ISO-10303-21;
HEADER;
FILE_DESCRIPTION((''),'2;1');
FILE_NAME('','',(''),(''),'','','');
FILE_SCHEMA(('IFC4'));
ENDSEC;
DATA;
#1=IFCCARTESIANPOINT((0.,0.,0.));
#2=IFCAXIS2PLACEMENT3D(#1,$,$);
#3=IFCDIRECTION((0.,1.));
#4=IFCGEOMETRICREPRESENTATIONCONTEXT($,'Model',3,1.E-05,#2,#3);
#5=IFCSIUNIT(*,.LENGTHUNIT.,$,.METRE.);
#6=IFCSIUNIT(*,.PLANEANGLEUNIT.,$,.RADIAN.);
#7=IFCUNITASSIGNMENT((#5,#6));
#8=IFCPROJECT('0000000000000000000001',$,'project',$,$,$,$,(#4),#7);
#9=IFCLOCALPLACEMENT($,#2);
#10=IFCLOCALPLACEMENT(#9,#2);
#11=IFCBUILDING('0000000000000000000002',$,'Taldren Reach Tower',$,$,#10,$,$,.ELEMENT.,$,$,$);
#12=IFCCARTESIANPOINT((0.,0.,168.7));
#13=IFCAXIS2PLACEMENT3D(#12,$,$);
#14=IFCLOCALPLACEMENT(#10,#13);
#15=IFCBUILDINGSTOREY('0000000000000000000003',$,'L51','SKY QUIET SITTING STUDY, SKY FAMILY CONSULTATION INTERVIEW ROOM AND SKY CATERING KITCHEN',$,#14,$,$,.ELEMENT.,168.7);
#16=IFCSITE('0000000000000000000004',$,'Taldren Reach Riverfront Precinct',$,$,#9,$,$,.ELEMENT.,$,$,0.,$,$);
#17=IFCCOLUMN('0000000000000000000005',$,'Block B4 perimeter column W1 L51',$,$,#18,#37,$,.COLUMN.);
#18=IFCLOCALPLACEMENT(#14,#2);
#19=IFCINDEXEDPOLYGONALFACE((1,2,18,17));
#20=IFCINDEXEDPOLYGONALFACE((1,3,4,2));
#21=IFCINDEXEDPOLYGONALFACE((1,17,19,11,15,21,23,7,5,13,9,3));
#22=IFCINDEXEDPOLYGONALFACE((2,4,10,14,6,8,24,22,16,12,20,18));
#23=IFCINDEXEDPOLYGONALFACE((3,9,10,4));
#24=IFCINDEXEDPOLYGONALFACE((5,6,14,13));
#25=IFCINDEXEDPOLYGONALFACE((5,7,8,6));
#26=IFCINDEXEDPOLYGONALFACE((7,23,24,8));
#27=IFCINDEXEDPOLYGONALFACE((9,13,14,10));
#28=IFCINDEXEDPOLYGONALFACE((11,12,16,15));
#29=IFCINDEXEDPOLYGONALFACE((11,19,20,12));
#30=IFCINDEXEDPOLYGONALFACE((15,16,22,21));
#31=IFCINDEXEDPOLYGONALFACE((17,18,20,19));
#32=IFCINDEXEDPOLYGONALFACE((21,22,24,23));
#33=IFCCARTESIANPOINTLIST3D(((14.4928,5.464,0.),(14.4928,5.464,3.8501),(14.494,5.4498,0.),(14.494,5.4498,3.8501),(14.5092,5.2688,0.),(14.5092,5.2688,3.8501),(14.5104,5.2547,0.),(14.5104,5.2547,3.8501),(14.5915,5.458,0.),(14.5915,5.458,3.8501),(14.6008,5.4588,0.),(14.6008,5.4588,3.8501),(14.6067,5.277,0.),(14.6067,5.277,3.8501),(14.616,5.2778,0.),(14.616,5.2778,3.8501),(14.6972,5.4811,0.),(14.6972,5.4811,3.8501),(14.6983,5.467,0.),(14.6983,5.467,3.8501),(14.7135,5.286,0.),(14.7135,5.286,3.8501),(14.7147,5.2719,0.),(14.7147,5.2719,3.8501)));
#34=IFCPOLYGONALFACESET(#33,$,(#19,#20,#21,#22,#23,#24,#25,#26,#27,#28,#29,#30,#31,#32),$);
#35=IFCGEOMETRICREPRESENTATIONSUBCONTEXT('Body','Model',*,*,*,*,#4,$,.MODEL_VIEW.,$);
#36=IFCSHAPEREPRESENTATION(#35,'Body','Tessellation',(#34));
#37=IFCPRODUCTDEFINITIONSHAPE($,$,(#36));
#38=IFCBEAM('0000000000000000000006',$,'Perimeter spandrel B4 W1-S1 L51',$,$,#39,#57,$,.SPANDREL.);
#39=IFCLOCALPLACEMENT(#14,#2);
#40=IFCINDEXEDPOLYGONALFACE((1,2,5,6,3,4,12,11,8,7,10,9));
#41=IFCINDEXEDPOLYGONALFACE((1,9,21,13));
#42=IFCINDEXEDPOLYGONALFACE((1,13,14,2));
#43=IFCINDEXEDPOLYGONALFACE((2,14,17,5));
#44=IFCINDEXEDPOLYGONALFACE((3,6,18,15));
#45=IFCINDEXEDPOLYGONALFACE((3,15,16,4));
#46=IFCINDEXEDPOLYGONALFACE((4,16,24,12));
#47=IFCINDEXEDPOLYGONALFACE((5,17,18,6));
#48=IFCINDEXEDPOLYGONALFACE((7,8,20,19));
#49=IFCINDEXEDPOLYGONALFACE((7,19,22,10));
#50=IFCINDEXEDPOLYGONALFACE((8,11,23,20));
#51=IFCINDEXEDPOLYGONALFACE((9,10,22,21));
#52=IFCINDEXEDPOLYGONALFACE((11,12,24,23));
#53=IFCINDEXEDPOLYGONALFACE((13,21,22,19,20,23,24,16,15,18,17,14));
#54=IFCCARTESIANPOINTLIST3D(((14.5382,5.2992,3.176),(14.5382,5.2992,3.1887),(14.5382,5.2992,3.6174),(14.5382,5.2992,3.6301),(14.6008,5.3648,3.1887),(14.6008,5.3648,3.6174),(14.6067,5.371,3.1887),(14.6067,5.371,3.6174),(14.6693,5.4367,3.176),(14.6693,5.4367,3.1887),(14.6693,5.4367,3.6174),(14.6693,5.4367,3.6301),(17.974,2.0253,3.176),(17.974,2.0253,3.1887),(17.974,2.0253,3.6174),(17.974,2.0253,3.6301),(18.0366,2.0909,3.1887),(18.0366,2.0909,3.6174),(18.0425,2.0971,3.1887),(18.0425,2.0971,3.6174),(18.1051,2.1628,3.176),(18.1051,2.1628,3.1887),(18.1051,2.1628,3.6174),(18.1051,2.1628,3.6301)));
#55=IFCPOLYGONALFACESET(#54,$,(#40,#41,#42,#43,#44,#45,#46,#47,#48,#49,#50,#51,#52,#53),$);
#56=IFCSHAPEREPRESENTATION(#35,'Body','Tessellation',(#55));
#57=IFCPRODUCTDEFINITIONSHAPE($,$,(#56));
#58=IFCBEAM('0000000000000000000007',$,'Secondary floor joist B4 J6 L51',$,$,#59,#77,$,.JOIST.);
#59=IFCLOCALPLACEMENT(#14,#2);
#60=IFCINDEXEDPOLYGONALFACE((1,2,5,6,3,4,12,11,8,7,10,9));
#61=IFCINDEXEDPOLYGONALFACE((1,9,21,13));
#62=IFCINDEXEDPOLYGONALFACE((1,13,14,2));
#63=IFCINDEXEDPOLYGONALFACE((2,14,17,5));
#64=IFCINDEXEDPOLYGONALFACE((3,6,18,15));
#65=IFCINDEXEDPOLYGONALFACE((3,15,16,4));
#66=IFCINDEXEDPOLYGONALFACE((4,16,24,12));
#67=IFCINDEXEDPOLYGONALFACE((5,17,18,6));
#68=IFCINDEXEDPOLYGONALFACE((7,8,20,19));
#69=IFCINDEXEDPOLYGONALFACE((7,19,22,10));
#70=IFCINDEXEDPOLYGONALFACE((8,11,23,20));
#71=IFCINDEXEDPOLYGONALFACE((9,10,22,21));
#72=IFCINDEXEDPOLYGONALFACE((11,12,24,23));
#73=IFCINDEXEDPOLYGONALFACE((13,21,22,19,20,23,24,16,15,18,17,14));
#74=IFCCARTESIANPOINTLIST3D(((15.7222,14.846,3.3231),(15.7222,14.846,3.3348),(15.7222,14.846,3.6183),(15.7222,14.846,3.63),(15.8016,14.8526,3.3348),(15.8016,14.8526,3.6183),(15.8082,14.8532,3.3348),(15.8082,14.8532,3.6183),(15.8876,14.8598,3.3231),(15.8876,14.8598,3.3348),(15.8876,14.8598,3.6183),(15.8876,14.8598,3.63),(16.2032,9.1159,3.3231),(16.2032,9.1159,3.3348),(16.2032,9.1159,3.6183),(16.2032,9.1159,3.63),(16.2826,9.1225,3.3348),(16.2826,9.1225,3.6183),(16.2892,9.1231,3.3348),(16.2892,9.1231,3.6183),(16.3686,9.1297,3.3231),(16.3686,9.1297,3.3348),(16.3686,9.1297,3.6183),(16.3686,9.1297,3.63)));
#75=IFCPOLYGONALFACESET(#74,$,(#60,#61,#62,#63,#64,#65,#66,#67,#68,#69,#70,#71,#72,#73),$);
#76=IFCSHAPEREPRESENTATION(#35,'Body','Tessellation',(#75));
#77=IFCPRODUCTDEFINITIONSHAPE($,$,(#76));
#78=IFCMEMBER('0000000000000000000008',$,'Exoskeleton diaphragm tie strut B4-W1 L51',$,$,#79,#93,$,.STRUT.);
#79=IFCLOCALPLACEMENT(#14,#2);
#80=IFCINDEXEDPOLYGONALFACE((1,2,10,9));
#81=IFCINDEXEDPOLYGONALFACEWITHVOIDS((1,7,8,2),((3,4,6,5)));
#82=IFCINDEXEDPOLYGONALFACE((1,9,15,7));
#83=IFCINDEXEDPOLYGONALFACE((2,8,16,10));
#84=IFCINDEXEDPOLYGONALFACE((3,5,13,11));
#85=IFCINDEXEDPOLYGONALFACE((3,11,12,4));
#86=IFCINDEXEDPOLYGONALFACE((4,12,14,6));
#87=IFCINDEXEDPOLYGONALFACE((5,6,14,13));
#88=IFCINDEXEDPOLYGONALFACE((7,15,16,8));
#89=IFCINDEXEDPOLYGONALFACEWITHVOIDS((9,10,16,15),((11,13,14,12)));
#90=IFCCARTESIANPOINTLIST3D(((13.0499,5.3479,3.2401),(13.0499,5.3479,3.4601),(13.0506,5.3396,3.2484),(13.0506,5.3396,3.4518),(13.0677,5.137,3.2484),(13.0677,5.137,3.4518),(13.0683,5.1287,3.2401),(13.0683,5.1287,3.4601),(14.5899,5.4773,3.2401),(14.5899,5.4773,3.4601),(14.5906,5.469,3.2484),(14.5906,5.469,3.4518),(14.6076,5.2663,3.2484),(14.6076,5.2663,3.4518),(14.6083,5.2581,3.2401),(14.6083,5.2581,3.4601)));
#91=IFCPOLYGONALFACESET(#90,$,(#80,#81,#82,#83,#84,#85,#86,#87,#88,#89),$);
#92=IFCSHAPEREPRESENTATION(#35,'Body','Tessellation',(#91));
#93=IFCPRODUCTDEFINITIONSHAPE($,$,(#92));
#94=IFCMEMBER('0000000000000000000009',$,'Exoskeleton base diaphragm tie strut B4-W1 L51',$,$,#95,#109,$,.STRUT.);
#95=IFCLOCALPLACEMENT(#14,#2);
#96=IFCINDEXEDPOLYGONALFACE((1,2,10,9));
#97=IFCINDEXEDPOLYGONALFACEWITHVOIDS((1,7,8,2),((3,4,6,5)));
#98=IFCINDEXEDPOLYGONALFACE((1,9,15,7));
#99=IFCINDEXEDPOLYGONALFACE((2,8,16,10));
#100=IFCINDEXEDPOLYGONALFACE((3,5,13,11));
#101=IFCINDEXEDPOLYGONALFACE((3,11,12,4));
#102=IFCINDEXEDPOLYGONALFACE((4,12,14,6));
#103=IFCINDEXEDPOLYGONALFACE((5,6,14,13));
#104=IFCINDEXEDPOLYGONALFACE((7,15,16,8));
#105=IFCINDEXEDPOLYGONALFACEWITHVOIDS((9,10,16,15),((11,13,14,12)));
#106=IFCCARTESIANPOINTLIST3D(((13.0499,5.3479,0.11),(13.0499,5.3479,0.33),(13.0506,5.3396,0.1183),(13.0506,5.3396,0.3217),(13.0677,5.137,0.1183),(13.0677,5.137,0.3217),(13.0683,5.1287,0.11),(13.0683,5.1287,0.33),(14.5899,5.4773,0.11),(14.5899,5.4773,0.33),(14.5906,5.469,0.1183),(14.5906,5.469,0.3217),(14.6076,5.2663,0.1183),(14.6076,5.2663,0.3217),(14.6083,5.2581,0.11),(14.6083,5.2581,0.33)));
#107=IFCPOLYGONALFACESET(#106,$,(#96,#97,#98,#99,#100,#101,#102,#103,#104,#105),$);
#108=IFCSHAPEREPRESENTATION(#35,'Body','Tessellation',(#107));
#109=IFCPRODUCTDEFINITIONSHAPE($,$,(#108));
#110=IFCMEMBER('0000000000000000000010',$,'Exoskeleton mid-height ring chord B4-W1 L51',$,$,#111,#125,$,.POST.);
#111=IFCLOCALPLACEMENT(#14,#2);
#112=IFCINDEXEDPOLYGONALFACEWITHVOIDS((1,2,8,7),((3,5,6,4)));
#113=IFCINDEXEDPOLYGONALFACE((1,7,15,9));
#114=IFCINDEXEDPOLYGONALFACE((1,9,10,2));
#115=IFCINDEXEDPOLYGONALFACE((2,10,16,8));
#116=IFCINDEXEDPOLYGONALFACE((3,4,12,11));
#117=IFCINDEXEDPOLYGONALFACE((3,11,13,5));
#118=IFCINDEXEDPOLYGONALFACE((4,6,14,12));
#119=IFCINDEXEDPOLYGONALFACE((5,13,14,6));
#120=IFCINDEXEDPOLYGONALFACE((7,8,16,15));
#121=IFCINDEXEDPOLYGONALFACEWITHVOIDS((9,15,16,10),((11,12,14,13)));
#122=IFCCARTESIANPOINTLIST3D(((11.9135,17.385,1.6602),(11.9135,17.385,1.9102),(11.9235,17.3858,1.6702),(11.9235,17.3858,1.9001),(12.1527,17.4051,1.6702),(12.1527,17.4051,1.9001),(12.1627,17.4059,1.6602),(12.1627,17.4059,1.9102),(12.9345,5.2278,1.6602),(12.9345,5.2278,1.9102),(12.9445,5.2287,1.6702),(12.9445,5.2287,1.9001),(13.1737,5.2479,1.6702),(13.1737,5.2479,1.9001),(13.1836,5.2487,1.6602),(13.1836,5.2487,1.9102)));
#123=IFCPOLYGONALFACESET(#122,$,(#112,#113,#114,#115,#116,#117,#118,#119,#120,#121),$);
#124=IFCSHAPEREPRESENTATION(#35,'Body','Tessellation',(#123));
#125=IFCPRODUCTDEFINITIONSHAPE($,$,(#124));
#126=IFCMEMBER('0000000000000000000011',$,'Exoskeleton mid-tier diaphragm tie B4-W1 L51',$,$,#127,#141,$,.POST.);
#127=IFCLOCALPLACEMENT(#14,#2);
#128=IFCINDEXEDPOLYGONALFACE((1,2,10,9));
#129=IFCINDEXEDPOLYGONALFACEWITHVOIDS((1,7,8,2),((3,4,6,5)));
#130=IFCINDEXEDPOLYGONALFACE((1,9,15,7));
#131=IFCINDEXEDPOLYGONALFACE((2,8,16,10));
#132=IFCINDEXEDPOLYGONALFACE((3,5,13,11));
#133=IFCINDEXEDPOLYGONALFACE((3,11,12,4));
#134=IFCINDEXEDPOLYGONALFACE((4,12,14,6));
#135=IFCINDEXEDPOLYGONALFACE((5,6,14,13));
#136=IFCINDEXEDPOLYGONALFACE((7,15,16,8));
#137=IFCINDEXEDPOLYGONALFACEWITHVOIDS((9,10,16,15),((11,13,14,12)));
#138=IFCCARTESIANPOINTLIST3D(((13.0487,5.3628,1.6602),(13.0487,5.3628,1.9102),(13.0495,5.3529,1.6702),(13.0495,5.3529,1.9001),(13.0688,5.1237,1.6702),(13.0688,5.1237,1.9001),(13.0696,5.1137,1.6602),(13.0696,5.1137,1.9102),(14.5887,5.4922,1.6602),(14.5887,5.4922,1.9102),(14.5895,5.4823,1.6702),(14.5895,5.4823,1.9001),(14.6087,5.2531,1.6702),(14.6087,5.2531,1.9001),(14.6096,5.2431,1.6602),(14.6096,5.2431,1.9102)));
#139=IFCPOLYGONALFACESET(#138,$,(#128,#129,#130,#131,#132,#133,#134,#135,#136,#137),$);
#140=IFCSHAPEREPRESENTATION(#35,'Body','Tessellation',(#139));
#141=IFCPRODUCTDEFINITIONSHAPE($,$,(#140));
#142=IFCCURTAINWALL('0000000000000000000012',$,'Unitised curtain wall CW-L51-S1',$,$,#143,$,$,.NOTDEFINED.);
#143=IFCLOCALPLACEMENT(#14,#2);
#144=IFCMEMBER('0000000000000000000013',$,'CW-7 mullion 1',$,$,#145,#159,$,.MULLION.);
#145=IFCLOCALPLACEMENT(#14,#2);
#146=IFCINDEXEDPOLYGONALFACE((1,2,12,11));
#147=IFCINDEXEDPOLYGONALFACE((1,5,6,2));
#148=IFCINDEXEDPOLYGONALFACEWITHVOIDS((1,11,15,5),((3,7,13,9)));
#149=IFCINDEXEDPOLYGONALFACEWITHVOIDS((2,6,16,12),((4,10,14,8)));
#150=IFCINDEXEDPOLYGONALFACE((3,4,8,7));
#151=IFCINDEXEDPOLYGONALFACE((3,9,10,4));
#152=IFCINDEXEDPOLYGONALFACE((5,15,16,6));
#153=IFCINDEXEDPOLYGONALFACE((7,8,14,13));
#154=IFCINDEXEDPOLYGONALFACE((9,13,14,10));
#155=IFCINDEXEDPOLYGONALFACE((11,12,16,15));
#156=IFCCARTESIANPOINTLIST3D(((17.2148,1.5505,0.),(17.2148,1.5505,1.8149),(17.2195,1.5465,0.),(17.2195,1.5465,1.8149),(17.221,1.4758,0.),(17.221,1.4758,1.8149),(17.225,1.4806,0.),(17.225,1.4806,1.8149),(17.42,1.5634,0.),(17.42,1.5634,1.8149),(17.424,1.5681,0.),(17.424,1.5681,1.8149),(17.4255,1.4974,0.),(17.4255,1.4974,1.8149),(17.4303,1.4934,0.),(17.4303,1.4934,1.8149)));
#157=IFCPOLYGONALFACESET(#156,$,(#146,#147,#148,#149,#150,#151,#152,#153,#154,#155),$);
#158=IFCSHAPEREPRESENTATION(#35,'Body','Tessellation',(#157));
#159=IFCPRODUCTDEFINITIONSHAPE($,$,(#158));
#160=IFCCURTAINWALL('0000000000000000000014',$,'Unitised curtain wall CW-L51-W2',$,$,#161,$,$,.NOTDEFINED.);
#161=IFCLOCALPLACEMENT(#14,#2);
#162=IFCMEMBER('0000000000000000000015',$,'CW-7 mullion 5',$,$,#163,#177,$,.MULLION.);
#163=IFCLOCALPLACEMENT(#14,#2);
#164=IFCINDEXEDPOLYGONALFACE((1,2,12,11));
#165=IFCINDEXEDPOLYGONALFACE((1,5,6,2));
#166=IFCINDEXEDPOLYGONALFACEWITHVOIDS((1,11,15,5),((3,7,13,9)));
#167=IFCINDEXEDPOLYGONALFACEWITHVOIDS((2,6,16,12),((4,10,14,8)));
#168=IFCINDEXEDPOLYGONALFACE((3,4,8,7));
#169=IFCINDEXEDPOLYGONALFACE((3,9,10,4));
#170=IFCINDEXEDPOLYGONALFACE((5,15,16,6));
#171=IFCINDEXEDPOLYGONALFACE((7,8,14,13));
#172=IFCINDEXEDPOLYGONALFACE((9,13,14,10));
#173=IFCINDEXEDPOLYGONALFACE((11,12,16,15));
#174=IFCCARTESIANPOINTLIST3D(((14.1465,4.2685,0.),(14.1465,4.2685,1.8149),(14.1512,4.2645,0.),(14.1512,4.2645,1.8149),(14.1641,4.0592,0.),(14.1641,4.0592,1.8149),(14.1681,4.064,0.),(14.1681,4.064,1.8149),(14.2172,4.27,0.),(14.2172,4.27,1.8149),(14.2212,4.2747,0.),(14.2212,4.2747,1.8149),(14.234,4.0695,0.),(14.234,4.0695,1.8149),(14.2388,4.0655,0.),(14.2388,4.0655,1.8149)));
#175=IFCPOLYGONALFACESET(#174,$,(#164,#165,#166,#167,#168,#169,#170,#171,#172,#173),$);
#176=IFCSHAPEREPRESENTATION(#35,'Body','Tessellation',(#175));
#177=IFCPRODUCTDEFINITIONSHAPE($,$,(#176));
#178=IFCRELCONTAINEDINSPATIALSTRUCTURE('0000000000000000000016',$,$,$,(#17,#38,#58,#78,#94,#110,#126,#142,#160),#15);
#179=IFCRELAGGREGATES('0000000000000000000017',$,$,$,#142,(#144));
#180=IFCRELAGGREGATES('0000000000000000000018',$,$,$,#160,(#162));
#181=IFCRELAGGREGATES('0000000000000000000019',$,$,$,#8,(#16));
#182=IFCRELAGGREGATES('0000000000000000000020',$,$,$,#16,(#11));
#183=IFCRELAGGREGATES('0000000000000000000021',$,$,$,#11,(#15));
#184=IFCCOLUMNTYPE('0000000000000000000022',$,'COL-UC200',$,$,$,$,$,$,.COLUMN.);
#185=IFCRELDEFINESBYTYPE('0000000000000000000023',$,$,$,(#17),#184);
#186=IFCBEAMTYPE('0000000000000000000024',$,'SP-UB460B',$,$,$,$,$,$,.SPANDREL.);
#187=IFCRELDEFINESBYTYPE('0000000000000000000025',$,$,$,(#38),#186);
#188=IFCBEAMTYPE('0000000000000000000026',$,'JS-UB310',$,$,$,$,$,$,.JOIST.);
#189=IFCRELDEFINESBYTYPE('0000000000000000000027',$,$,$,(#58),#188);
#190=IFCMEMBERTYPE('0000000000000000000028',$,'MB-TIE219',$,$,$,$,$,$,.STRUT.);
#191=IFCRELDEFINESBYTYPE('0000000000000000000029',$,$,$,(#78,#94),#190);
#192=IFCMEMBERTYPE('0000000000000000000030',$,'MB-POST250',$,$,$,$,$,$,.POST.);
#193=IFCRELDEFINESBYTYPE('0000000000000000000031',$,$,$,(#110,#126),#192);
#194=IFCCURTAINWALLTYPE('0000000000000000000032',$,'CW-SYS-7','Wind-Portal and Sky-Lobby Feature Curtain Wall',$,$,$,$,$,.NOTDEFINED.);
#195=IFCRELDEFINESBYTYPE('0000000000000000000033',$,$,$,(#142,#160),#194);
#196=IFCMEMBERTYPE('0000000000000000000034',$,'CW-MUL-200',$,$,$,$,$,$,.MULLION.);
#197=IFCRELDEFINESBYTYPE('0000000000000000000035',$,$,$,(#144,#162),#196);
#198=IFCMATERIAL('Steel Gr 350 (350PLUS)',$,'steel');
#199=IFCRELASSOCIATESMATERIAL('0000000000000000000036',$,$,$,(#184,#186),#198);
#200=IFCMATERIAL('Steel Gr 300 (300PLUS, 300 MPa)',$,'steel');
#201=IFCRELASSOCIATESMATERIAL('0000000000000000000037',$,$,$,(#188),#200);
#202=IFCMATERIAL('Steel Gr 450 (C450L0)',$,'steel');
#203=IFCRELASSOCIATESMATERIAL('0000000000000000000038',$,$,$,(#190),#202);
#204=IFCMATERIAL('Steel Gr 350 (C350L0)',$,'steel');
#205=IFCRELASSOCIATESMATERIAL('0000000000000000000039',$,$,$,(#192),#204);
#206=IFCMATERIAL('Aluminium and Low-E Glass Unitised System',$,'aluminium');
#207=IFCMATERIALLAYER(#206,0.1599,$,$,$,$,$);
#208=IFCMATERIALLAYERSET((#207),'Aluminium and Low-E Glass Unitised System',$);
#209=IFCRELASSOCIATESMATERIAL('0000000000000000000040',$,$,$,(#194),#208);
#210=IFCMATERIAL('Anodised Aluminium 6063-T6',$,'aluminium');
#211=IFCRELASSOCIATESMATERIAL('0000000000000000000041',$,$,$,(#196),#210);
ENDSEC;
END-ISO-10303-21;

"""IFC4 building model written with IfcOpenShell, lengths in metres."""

from ifc_helpers import new_model, si_unit, direction, frame, origin, origin_2d, place, context, subcontext, project, spatial, hollow_rectangle, i_section, extrude, source, transform, mapped, material, layer, layer_set, material_profile, profile_set, type_object, element, aggregate, save


model = new_model("IFC4")

# Units and contexts
model_context = context("Model", 3, precision=1e-05, world=origin(), true_north=direction((0.0, 1.0)))
body_context = subcontext(model_context, "Body", "Model", "MODEL_VIEW")
ifc_project = project(units=[si_unit("LENGTHUNIT", "METRE"), si_unit("PLANEANGLEUNIT", "RADIAN")], contexts=[model_context])

# Site, building, storey
site_placement = place(None, origin())
site = spatial("IfcSite", under=ifc_project, at=site_placement, Name="Taldren Reach Riverfront Precinct", CompositionType="ELEMENT", RefElevation=0.0)
building_placement = place(site_placement, origin())
building = spatial("IfcBuilding", under=site, at=building_placement, Name="Taldren Reach Tower", CompositionType="ELEMENT")
storey_placement = place(building_placement, frame((0.0, 0.0, 168.7)))
storey = spatial("IfcBuildingStorey", under=building, at=storey_placement, Name="L51", Description="SKY QUIET SITTING STUDY, SKY FAMILY CONSULTATION INTERVIEW ROOM AND SKY CATERING KITCHEN", CompositionType="ELEMENT", Elevation=168.7)

# Column
ifc_material_1 = material(Name="Steel Gr 350 (350PLUS)", Category="steel")
ifc_material_profile_1 = material_profile(ifc_material_1, i_section(OverallWidth=0.2051, OverallDepth=0.21, WebThickness=0.0093, FlangeThickness=0.0142, at=origin_2d()), Name="200UC59.5")
ifc_profile_set_1 = profile_set([ifc_material_profile_1], Name="Steel Gr 350 (350PLUS)")
column_type = type_object("IfcColumnType", Name="COL-UC200", PredefinedType="COLUMN", material=ifc_profile_set_1)
shared_shape_1 = source(origin(), body_context, "Body", "SweptSolid", [
    extrude(i_section(OverallWidth=0.2051, OverallDepth=0.21, WebThickness=0.0093, FlangeThickness=0.0142, at=origin_2d()), origin(), (0.0, 0.0, 1.0), 3.8501),
])
column_placement = place(storey_placement, frame((14.6038, 5.3679, 0.0), z_axis=(0.0, 0.0, 1.0), x_axis=(0.996493, 0.083678, 0.0)))
element("IfcColumn", 1, at=column_placement, inside=storey, type_object=column_type, Name="Block B4 perimeter column W1 L51", PredefinedType="COLUMN", context=body_context, shape_type="MappedRepresentation", body=[
    mapped(shared_shape_1, transform((0.0, 0.0, 0.0), scale=1.0)),
])

# Beams
ifc_material_profile_2 = material_profile(ifc_material_1, i_section(OverallWidth=0.1899, OverallDepth=0.4541, WebThickness=0.0085, FlangeThickness=0.0127, at=origin_2d()), Name="460UB67.1")
ifc_profile_set_2 = profile_set([ifc_material_profile_2], Name="Steel Gr 350 (350PLUS)")
beam_type_1 = type_object("IfcBeamType", Name="SP-UB460B", PredefinedType="SPANDREL", material=ifc_profile_set_2)
shared_shape_2 = source(origin(), body_context, "Body", "SweptSolid", [
    extrude(i_section(OverallWidth=0.1899, OverallDepth=0.4541, WebThickness=0.0085, FlangeThickness=0.0127, at=origin_2d()), origin(), (0.0, 0.0, 1.0), 4.7458),
])
beam_1_placement = place(storey_placement, frame((14.6038, 5.3679, 3.4031), z_axis=(0.723954, -0.689848, 0.0), x_axis=(0.689848, 0.723954, 0.0)))
element("IfcBeam", 2, at=beam_1_placement, inside=storey, type_object=beam_type_1, Name="Perimeter spandrel B4 W1-S1 L51", PredefinedType="SPANDREL", context=body_context, shape_type="MappedRepresentation", body=[
    mapped(shared_shape_2, transform((0.0, 0.0, 0.0), scale=1.0)),
])
ifc_material_2 = material(Name="Steel Gr 300 (300PLUS, 300 MPa)", Category="steel")
ifc_material_profile_3 = material_profile(ifc_material_2, i_section(OverallWidth=0.166, OverallDepth=0.3069, WebThickness=0.0066, FlangeThickness=0.0117, at=origin_2d()), Name="310UB46.2")
ifc_profile_set_3 = profile_set([ifc_material_profile_3], Name="Steel Gr 300 (300PLUS, 300 MPa)")
beam_type_2 = type_object("IfcBeamType", Name="JS-UB310", PredefinedType="JOIST", material=ifc_profile_set_3)
shared_shape_3 = source(origin(), body_context, "Body", "SweptSolid", [
    extrude(i_section(OverallWidth=0.166, OverallDepth=0.3069, WebThickness=0.0066, FlangeThickness=0.0117, at=origin_2d()), origin(), (0.0, 0.0, 1.0), 5.7502),
])
beam_2_placement = place(storey_placement, frame((16.2859, 9.1228, 3.4766), z_axis=(-0.083643, 0.996496, 0.0), x_axis=(-0.996496, -0.083643, 0.0)))
element("IfcBeam", 3, at=beam_2_placement, inside=storey, type_object=beam_type_2, Name="Secondary floor joist B4 J6 L51", PredefinedType="JOIST", context=body_context, shape_type="MappedRepresentation", body=[
    mapped(shared_shape_3, transform((0.0, 0.0, 0.0), scale=1.0)),
])

# Members
ifc_material_3 = material(Name="Steel Gr 450 (C450L0)", Category="steel")
ifc_material_profile_4 = material_profile(ifc_material_3, hollow_rectangle(XDim=0.22, YDim=0.22, WallThickness=0.0083, at=origin_2d()), Name="220x220x8.2SHS")
ifc_profile_set_4 = profile_set([ifc_material_profile_4], Name="Steel Gr 450 (C450L0)")
member_type_1 = type_object("IfcMemberType", Name="MB-TIE219", PredefinedType="STRUT", material=ifc_profile_set_4)
shared_shape_4 = source(origin(), body_context, "Body", "SweptSolid", [
    extrude(hollow_rectangle(XDim=0.22, YDim=0.22, WallThickness=0.0083, at=origin_2d()), origin(), (0.0, 0.0, 1.0), 1.5454),
])
for number, where, z_axis, x_axis, name in (
    (4, (14.5991, 5.3677, 3.3501), (-0.996489, -0.083725, 0.0), (0.083725, -0.996489, 0.0), "Exoskeleton diaphragm tie strut B4-W1 L51"),
    (5, (14.5991, 5.3677, 0.22), (-0.996489, -0.083725, 0.0), (0.083725, -0.996489, 0.0), "Exoskeleton base diaphragm tie strut B4-W1 L51"),
):
    element("IfcMember", number, at=place(storey_placement, frame(where, z_axis=z_axis, x_axis=x_axis)), inside=storey, type_object=member_type_1, Name=name, PredefinedType="STRUT", context=body_context, shape_type="MappedRepresentation", body=[
        mapped(shared_shape_4, transform((0.0, 0.0, 0.0), scale=1.0)),
    ])
ifc_material_4 = material(Name="Steel Gr 350 (C350L0)", Category="steel")
ifc_material_profile_5 = material_profile(ifc_material_4, hollow_rectangle(XDim=0.25, YDim=0.25, WallThickness=0.01, at=origin_2d()), Name="250x250x10.0SHS")
ifc_profile_set_5 = profile_set([ifc_material_profile_5], Name="Steel Gr 350 (C350L0)")
member_type_2 = type_object("IfcMemberType", Name="MB-POST250", PredefinedType="POST", material=ifc_profile_set_5)
shared_shape_5 = source(origin(), body_context, "Body", "SweptSolid", [
    extrude(hollow_rectangle(XDim=0.25, YDim=0.25, WallThickness=0.01, at=origin_2d()), origin(), (0.0, 0.0, 1.0), 12.2),
])
member_1_placement = place(storey_placement, frame((13.0591, 5.2383, 1.7852), z_axis=(-0.083688, 0.996492, 0.0), x_axis=(-0.996492, -0.083688, 0.0)))
element("IfcMember", 6, at=member_1_placement, inside=storey, type_object=member_type_2, Name="Exoskeleton mid-height ring chord B4-W1 L51", PredefinedType="POST", context=body_context, shape_type="MappedRepresentation", body=[
    mapped(shared_shape_5, transform((0.0, 0.0, 0.0), scale=1.0)),
])
shared_shape_6 = source(origin(), body_context, "Body", "SweptSolid", [
    extrude(hollow_rectangle(XDim=0.25, YDim=0.25, WallThickness=0.01, at=origin_2d()), origin(), (0.0, 0.0, 1.0), 1.5454),
])
member_2_placement = place(storey_placement, frame((14.5991, 5.3677, 1.7852), z_axis=(-0.996489, -0.083725, 0.0), x_axis=(0.083725, -0.996489, 0.0)))
element("IfcMember", 7, at=member_2_placement, inside=storey, type_object=member_type_2, Name="Exoskeleton mid-tier diaphragm tie B4-W1 L51", PredefinedType="POST", context=body_context, shape_type="MappedRepresentation", body=[
    mapped(shared_shape_6, transform((0.0, 0.0, 0.0), scale=1.0)),
])

# Curtain walls, members
ifc_material_5 = material(Name="Aluminium and Low-E Glass Unitised System", Category="aluminium")
ifc_layer_1 = layer(ifc_material_5, 0.1599)
ifc_layer_set_1 = layer_set([ifc_layer_1], Name="Aluminium and Low-E Glass Unitised System")
curtain_wall_type = type_object("IfcCurtainWallType", Name="CW-SYS-7", Description="Wind-Portal and Sky-Lobby Feature Curtain Wall", PredefinedType="NOTDEFINED", material=ifc_layer_set_1)
curtain_wall_1_placement = place(storey_placement, origin())
curtain_wall_1 = element("IfcCurtainWall", 8, at=curtain_wall_1_placement, inside=storey, type_object=curtain_wall_type, Name="Unitised curtain wall CW-L51-S1", PredefinedType="NOTDEFINED")
ifc_material_6 = material(Name="Anodised Aluminium 6063-T6", Category="aluminium")
ifc_material_profile_6 = material_profile(ifc_material_6, hollow_rectangle(XDim=0.075, YDim=0.21, WallThickness=0.0044, at=origin_2d()), Name="ALU-210x75x4.5RHS")
ifc_profile_set_6 = profile_set([ifc_material_profile_6], Name="Anodised Aluminium 6063-T6")
member_type_3 = type_object("IfcMemberType", Name="CW-MUL-200", PredefinedType="MULLION", material=ifc_profile_set_6)
shared_shape_7 = source(origin(), body_context, "Body", "SweptSolid", [
    extrude(hollow_rectangle(XDim=0.075, YDim=0.21, WallThickness=0.0044, at=origin_2d()), origin(), (0.0, 0.0, 1.0), 1.8149),
])
member_3_placement = place(storey_placement, frame((17.3225, 1.522, 0.0), z_axis=(0.0, 0.0, 1.0), x_axis=(-0.083678, 0.996493, 0.0)))
member_3 = element("IfcMember", 9, at=member_3_placement, type_object=member_type_3, Name="CW-7 mullion 1", PredefinedType="MULLION", context=body_context, shape_type="MappedRepresentation", body=[
    mapped(shared_shape_7, transform((0.0, 0.0, 0.0), scale=1.0)),
])
curtain_wall_2_placement = place(storey_placement, origin())
curtain_wall_2 = element("IfcCurtainWall", 10, at=curtain_wall_2_placement, inside=storey, type_object=curtain_wall_type, Name="Unitised curtain wall CW-L51-W2", PredefinedType="NOTDEFINED")
member_4_placement = place(storey_placement, frame((14.1926, 4.167, 0.0), z_axis=(0.0, 0.0, 1.0), x_axis=(0.996493, 0.083678, 0.0)))
member_4 = element("IfcMember", 11, at=member_4_placement, type_object=member_type_3, Name="CW-7 mullion 5", PredefinedType="MULLION", context=body_context, shape_type="MappedRepresentation", body=[
    mapped(shared_shape_7, transform((0.0, 0.0, 0.0), scale=1.0)),
])

aggregate(curtain_wall_1, [member_3])

aggregate(curtain_wall_2, [member_4])

save(model, "model.ifc")
